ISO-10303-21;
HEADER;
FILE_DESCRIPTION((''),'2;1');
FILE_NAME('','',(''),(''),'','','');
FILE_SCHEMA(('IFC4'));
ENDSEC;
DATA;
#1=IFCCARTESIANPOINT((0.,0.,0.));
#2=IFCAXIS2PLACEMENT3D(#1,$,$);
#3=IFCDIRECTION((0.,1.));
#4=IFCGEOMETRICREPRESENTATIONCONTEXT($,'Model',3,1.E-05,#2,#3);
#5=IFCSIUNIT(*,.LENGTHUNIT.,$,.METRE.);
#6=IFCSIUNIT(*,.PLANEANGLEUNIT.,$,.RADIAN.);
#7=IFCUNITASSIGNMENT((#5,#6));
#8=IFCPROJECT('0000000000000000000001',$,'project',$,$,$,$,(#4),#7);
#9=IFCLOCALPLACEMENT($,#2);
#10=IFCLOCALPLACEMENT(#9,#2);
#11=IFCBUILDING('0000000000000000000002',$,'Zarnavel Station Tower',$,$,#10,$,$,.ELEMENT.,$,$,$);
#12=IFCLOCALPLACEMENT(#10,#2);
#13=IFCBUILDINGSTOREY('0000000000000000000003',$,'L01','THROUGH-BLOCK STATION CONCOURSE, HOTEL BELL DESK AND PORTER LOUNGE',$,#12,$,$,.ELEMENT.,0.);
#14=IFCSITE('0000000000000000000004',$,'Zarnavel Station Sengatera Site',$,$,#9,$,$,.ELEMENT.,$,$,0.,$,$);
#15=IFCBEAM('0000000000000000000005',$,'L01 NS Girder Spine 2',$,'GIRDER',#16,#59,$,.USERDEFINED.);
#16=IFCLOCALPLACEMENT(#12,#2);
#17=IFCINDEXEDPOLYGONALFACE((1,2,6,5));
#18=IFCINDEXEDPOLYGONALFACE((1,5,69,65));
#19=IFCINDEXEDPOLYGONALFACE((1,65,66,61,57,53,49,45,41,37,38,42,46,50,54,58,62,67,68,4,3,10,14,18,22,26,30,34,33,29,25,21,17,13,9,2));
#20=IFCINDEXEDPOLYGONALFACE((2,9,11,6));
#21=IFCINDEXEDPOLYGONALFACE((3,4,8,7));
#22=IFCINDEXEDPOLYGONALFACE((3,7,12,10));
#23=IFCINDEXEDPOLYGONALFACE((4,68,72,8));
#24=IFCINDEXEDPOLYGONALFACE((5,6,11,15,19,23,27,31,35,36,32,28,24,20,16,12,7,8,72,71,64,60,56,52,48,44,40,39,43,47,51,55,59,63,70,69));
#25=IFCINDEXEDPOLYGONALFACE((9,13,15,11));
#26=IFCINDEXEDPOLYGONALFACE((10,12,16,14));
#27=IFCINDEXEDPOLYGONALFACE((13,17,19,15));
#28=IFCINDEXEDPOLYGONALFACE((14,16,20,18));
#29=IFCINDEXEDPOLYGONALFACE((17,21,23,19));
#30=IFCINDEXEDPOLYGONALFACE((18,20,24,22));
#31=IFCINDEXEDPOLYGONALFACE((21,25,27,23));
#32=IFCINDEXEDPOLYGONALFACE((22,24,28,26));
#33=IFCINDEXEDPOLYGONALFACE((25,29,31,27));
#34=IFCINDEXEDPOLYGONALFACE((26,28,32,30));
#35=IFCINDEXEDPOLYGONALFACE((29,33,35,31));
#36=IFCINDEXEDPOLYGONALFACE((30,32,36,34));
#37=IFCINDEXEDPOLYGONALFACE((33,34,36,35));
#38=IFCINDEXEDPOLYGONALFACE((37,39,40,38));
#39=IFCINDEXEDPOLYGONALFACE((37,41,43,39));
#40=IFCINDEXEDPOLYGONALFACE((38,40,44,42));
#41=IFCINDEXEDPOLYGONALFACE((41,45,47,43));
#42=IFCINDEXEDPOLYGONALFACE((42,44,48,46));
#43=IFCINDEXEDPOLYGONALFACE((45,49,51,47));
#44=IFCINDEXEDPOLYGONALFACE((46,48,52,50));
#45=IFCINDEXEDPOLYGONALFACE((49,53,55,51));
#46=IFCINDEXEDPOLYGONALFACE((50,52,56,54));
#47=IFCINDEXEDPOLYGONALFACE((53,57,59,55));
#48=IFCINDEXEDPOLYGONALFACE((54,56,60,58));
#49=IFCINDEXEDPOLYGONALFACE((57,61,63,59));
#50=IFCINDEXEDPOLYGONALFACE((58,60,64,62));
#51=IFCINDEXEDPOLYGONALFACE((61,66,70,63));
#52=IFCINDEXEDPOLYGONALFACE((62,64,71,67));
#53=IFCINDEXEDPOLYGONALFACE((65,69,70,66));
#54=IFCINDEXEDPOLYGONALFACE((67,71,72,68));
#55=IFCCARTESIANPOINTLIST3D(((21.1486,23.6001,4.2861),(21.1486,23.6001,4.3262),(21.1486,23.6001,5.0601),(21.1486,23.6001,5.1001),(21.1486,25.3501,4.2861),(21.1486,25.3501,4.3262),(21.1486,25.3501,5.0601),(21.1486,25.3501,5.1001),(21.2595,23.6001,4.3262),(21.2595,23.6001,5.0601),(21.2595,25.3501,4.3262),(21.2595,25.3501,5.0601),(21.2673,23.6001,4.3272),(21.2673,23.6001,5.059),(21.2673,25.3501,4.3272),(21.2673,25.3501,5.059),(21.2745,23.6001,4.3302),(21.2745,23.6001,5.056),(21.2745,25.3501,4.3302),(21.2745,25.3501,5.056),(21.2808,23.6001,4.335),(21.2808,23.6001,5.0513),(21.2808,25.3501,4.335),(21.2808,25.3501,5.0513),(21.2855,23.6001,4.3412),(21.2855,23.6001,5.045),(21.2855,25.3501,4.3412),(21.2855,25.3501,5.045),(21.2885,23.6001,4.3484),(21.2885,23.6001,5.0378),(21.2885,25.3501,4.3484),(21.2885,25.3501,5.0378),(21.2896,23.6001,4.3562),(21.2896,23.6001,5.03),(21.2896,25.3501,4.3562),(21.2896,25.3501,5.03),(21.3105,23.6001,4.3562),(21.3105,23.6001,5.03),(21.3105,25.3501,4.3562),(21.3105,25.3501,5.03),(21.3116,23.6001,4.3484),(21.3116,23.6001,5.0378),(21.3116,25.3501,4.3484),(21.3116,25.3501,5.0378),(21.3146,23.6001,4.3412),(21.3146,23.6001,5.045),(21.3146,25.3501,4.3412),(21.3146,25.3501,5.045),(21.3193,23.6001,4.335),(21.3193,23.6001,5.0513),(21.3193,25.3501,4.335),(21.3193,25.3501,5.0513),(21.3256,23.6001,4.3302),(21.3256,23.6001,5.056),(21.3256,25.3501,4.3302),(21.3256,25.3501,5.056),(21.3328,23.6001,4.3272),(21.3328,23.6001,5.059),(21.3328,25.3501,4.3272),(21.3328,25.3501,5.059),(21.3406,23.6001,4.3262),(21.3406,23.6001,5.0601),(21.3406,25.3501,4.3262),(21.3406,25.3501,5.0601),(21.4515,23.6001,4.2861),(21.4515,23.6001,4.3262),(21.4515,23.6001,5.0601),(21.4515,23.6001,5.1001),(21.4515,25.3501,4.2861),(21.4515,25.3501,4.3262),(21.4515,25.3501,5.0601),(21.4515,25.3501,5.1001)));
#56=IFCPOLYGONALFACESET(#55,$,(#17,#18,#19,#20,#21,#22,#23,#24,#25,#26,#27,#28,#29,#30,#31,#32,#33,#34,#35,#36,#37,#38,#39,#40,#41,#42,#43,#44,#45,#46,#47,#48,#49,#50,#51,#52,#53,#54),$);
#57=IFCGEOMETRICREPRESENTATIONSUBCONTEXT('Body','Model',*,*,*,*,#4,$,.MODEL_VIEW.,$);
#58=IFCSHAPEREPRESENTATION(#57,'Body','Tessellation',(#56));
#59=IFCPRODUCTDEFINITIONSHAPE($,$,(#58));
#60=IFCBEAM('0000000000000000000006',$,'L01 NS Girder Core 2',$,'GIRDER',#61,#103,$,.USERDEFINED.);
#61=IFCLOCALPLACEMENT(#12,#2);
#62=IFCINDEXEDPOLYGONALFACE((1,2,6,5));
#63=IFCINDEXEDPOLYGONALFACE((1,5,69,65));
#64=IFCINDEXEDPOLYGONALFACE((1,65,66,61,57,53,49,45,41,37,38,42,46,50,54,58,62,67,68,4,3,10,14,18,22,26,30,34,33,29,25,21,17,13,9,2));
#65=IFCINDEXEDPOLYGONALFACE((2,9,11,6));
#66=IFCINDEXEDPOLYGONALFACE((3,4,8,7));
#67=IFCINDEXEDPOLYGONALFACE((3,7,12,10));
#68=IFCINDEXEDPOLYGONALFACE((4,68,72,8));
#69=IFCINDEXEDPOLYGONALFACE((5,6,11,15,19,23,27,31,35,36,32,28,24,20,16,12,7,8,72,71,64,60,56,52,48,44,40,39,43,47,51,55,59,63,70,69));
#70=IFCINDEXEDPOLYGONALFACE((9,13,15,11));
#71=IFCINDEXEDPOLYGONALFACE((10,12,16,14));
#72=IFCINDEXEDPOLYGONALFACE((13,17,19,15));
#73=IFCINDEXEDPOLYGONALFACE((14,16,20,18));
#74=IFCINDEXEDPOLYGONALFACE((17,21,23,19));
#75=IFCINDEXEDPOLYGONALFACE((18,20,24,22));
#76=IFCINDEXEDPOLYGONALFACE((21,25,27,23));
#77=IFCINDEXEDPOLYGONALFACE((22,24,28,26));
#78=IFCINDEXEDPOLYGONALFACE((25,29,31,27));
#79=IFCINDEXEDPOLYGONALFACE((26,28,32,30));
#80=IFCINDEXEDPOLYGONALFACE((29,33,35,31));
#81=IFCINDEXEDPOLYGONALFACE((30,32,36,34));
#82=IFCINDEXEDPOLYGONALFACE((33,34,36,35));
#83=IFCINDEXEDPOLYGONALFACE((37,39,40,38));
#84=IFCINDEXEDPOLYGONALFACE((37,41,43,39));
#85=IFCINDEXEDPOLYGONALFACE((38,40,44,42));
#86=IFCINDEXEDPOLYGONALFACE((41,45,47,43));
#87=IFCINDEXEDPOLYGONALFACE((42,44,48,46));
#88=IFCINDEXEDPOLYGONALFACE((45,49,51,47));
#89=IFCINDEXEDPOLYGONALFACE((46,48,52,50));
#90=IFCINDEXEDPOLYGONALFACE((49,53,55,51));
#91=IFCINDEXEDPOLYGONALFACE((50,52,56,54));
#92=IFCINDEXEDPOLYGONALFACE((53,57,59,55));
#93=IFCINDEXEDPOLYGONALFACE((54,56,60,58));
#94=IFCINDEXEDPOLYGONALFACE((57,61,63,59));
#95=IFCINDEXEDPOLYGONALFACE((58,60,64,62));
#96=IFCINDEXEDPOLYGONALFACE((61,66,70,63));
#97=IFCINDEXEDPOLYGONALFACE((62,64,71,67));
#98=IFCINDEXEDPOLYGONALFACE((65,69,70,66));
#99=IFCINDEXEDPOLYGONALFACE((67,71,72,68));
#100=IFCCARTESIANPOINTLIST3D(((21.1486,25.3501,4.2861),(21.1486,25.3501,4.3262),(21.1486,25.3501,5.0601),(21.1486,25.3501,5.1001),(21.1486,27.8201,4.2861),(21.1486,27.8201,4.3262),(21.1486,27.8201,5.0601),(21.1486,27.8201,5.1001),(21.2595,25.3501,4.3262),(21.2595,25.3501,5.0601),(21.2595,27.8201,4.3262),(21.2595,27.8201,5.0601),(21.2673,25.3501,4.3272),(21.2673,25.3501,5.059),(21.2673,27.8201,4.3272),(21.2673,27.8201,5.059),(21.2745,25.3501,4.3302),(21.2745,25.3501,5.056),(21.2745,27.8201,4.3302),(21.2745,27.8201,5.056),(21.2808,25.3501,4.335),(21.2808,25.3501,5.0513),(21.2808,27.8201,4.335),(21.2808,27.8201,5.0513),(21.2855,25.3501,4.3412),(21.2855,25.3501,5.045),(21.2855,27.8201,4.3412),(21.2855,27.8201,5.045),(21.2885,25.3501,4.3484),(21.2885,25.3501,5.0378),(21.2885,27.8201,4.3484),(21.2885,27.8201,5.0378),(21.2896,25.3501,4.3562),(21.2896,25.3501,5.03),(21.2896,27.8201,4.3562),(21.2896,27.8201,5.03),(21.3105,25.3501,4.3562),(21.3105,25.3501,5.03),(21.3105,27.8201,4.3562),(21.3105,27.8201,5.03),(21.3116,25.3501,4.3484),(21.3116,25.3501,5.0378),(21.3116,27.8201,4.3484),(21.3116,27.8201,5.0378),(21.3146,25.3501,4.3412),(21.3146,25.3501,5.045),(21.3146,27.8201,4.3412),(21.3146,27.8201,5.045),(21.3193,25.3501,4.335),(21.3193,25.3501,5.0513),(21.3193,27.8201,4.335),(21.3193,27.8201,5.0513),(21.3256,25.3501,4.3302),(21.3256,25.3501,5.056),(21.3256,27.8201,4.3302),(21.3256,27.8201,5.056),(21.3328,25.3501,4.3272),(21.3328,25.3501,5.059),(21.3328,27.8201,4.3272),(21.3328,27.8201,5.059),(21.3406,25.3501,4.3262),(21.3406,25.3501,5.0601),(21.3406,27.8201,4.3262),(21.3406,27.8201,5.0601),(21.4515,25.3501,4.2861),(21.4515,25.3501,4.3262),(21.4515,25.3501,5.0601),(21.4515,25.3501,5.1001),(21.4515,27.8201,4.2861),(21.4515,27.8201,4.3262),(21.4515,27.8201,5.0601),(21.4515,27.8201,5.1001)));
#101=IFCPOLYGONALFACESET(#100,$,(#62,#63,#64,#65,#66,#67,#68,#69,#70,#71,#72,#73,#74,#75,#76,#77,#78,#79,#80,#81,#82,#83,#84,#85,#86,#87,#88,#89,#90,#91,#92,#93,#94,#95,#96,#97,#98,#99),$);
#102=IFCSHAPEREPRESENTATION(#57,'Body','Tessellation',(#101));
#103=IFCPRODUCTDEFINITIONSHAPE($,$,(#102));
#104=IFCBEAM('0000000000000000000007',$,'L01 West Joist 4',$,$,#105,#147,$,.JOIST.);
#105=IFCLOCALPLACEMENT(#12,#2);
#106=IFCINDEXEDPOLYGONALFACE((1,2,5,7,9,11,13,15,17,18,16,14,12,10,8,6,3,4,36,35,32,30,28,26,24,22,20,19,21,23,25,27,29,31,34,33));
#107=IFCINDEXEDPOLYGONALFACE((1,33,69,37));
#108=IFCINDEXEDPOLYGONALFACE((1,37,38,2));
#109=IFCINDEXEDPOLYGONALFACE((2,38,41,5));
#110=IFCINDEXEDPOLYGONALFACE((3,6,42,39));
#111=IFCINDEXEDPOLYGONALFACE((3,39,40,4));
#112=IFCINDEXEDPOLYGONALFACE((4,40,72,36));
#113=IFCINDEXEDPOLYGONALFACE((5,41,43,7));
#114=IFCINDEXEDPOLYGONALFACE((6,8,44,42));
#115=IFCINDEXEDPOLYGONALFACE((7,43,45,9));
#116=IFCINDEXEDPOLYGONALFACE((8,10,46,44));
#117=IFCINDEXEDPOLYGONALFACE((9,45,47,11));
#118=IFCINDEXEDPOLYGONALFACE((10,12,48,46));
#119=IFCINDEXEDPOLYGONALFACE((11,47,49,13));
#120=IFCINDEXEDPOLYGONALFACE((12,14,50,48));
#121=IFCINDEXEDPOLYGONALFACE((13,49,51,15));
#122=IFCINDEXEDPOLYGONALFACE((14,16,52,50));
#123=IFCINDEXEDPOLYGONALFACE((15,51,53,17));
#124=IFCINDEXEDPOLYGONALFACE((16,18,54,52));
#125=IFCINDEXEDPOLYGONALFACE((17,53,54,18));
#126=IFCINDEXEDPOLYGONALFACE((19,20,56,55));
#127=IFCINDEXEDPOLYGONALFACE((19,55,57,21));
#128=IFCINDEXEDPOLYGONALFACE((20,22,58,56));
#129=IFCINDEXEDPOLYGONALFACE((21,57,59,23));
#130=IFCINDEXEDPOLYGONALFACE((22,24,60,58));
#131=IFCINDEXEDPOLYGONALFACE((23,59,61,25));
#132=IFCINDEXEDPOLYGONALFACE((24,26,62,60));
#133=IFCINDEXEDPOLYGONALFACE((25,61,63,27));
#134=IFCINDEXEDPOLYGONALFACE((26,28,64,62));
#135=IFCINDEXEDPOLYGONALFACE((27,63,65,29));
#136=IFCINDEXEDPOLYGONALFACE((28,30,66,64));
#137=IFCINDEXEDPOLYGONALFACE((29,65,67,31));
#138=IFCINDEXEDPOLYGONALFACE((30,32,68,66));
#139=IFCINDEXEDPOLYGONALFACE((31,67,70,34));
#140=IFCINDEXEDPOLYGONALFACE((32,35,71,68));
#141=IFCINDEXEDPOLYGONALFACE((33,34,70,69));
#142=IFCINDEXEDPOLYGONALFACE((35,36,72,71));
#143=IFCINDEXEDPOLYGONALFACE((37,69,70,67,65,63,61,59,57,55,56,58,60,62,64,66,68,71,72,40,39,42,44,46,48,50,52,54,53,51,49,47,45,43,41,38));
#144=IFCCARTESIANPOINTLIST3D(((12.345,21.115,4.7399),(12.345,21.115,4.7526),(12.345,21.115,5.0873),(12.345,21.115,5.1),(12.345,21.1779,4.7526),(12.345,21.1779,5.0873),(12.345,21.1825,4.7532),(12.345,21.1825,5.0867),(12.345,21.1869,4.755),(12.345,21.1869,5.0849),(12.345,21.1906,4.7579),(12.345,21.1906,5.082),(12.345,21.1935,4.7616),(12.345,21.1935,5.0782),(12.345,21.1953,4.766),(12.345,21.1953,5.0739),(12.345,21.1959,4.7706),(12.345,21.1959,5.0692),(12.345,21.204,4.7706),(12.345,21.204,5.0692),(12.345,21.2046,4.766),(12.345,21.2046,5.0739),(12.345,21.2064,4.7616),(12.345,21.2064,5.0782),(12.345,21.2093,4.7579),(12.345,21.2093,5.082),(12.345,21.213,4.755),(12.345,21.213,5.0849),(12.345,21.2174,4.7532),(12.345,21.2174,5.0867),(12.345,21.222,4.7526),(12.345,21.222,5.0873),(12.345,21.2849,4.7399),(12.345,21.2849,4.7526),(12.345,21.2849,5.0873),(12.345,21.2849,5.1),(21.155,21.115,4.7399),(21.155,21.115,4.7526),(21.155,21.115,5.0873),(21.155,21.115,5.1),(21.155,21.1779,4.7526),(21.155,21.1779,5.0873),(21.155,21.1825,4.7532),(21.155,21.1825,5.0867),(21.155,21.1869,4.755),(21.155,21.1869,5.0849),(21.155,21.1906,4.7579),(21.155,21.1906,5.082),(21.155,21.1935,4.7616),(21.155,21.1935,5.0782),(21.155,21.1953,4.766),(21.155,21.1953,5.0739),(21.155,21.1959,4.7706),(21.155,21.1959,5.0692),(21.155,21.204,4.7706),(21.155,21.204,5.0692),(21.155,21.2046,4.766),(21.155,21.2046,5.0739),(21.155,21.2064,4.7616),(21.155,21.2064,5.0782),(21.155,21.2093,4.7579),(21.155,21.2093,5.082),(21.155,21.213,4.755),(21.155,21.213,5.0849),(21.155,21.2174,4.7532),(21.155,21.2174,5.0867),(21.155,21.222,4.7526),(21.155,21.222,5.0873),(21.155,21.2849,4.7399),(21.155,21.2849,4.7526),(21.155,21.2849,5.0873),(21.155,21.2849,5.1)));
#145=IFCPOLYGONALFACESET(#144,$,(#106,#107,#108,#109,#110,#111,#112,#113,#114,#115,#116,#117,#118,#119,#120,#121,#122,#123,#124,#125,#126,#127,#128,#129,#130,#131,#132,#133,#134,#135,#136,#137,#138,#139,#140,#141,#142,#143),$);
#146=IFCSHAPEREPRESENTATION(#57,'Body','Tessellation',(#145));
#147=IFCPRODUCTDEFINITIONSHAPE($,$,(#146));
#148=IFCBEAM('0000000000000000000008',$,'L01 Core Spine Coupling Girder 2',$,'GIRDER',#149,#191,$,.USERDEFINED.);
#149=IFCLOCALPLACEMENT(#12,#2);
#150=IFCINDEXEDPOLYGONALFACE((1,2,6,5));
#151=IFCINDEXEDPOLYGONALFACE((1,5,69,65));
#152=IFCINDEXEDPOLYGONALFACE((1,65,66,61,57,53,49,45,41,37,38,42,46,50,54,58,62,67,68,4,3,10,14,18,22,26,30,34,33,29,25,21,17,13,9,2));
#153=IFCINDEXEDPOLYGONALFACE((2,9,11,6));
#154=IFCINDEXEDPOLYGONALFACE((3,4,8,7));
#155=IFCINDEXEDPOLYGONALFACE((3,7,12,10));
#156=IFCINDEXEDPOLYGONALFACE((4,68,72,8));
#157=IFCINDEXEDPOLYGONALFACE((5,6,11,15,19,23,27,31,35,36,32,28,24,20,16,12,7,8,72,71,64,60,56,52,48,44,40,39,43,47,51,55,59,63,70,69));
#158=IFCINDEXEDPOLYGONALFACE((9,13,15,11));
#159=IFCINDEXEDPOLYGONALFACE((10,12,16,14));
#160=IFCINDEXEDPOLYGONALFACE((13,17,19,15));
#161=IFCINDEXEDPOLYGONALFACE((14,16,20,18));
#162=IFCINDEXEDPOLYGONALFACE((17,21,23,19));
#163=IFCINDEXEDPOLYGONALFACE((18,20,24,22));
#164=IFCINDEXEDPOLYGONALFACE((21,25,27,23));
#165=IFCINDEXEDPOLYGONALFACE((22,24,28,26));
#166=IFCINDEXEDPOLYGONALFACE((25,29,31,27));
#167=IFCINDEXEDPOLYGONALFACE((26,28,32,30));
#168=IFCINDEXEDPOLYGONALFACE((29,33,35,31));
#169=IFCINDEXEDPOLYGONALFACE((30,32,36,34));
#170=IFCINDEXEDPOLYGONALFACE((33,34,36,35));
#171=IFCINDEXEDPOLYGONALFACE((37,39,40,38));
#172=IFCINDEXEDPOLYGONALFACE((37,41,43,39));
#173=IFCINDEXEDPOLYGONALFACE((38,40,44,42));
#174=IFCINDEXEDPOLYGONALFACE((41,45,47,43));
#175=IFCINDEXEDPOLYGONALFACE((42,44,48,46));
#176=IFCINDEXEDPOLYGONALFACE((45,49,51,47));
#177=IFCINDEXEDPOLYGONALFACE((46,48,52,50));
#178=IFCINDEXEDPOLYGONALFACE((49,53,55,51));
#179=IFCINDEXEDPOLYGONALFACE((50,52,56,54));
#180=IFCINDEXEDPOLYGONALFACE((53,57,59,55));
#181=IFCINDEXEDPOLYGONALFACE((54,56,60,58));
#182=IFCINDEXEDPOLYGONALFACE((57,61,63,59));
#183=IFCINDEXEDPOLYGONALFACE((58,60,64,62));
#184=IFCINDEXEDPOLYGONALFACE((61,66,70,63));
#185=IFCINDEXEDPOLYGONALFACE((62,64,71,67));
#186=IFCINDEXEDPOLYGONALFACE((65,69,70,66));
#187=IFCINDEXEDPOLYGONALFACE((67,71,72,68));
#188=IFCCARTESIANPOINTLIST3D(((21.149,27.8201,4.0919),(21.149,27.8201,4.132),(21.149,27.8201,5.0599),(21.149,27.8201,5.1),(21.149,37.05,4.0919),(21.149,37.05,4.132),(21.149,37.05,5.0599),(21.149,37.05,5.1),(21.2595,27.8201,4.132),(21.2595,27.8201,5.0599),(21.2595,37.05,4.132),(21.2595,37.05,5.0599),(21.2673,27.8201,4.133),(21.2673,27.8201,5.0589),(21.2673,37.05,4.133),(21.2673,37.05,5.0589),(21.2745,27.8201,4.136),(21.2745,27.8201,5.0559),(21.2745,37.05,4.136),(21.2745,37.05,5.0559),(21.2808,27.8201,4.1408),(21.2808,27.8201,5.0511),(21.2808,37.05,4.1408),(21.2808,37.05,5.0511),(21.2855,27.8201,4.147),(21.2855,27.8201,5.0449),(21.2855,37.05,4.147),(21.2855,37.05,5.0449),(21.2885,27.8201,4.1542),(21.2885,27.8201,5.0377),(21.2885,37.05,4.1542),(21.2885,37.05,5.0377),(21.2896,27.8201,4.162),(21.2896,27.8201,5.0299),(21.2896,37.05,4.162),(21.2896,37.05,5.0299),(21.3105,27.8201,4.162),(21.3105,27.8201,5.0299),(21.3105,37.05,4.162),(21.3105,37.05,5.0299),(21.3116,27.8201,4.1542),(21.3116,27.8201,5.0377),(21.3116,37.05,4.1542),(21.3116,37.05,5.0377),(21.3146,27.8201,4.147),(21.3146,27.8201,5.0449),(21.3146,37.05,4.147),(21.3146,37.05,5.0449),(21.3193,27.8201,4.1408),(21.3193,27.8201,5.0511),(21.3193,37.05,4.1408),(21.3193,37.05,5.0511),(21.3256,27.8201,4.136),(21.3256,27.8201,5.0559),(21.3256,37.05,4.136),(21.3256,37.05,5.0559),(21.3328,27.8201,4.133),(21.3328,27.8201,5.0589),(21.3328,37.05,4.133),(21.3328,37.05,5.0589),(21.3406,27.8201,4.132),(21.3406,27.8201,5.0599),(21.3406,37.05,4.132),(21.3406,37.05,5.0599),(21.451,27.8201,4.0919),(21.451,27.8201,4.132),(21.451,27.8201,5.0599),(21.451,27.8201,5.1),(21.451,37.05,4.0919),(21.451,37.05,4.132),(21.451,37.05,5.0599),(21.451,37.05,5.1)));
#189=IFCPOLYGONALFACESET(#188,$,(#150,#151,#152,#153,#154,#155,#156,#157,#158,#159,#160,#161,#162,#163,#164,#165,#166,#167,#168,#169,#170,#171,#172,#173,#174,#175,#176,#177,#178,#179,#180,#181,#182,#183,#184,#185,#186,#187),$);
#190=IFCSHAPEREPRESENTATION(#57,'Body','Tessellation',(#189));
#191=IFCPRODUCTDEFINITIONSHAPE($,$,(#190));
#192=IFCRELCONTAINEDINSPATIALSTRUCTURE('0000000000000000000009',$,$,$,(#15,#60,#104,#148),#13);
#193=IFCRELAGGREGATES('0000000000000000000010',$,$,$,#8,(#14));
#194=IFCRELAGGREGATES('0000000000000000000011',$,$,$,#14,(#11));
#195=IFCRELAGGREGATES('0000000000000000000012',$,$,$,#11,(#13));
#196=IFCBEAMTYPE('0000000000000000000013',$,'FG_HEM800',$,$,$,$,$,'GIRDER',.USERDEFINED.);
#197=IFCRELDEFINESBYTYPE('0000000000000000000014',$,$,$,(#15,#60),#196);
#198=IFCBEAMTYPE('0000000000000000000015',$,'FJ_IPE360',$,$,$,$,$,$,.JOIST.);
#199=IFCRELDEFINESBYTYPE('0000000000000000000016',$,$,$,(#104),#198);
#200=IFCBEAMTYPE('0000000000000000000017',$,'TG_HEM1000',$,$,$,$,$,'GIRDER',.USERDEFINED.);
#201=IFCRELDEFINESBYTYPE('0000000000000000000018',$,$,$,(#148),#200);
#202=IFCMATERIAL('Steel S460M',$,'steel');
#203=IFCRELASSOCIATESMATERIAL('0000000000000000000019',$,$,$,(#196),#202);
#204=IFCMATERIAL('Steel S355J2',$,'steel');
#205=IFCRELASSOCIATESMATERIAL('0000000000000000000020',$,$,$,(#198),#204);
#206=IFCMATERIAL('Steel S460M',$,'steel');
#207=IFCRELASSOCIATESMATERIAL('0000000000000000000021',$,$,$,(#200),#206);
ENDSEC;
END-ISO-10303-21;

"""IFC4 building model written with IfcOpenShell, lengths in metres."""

from ifc_helpers import new_model, si_unit, direction, frame, origin, origin_2d, place, context, subcontext, project, spatial, i_section, extrude, material, material_profile, profile_set, type_object, element, save


model = new_model("IFC4")

# Units and contexts
model_context = context("Model", 3, precision=1e-05, world=origin(), true_north=direction((0.0, 1.0)))
body_context = subcontext(model_context, "Body", "Model", "MODEL_VIEW")
ifc_project = project(units=[si_unit("LENGTHUNIT", "METRE"), si_unit("PLANEANGLEUNIT", "RADIAN")], contexts=[model_context])

# Site, building, storey
site_placement = place(None, origin())
site = spatial("IfcSite", under=ifc_project, at=site_placement, Name="Zarnavel Station Sengatera Site", CompositionType="ELEMENT", RefElevation=0.0)
building_placement = place(site_placement, origin())
building = spatial("IfcBuilding", under=site, at=building_placement, Name="Zarnavel Station Tower", CompositionType="ELEMENT")
storey_placement = place(building_placement, origin())
storey = spatial("IfcBuildingStorey", under=building, at=storey_placement, Name="L01", Description="THROUGH-BLOCK STATION CONCOURSE, HOTEL BELL DESK AND PORTER LOUNGE", CompositionType="ELEMENT", Elevation=0.0)

# Beams
ifc_material_1 = material(Name="Steel S460M", Category="steel")
ifc_material_profile_1 = material_profile(ifc_material_1, i_section(OverallWidth=0.303, OverallDepth=0.814, WebThickness=0.021, FlangeThickness=0.04, FilletRadius=0.03, at=origin_2d()), Name="HEM800")
ifc_profile_set_1 = profile_set([ifc_material_profile_1], Name="Steel S460M")
beam_type_1 = type_object("IfcBeamType", Name="FG_HEM800", ElementType="GIRDER", PredefinedType="USERDEFINED", material=ifc_profile_set_1)
beam_1_placement = place(storey_placement, frame((21.3, 23.6001, 4.6931), z_axis=(0.0, 1.0, 0.0), x_axis=(-1.0, 0.0, 0.0)))
element("IfcBeam", 1, at=beam_1_placement, inside=storey, type_object=beam_type_1, Name="L01 NS Girder Spine 2", ObjectType="GIRDER", PredefinedType="USERDEFINED", context=body_context, shape_type="SweptSolid", body=[
    extrude(i_section(OverallWidth=0.303, OverallDepth=0.814, WebThickness=0.021, FlangeThickness=0.04, FilletRadius=0.03, at=origin_2d()), origin(), (0.0, 0.0, 1.0), 1.75),
])
beam_2_placement = place(storey_placement, frame((21.3, 25.3501, 4.6931), z_axis=(0.0, 1.0, 0.0), x_axis=(-1.0, 0.0, 0.0)))
element("IfcBeam", 2, at=beam_2_placement, inside=storey, type_object=beam_type_1, Name="L01 NS Girder Core 2", ObjectType="GIRDER", PredefinedType="USERDEFINED", context=body_context, shape_type="SweptSolid", body=[
    extrude(i_section(OverallWidth=0.303, OverallDepth=0.814, WebThickness=0.021, FlangeThickness=0.04, FilletRadius=0.03, at=origin_2d()), origin(), (0.0, 0.0, 1.0), 2.47),
])
ifc_material_2 = material(Name="Steel S355J2", Category="steel")
ifc_material_profile_2 = material_profile(ifc_material_2, i_section(OverallWidth=0.1699, OverallDepth=0.3601, WebThickness=0.0081, FlangeThickness=0.0127, FilletRadius=0.0181, at=origin_2d()), Name="IPE360")
ifc_profile_set_2 = profile_set([ifc_material_profile_2], Name="Steel S355J2")
beam_type_2 = type_object("IfcBeamType", Name="FJ_IPE360", PredefinedType="JOIST", material=ifc_profile_set_2)
beam_3_placement = place(storey_placement, frame((12.345, 21.2, 4.9199), z_axis=(1.0, 0.0, 0.0), x_axis=(0.0, 1.0, 0.0)))
element("IfcBeam", 3, at=beam_3_placement, inside=storey, type_object=beam_type_2, Name="L01 West Joist 4", PredefinedType="JOIST", context=body_context, shape_type="SweptSolid", body=[
    extrude(i_section(OverallWidth=0.1699, OverallDepth=0.3601, WebThickness=0.0081, FlangeThickness=0.0127, FilletRadius=0.0181, at=origin_2d()), origin(), (0.0, 0.0, 1.0), 8.8101),
])
ifc_material_3 = material(Name="Steel S460M", Category="steel")
ifc_material_profile_3 = material_profile(ifc_material_3, i_section(OverallWidth=0.302, OverallDepth=1.0081, WebThickness=0.021, FlangeThickness=0.04, FilletRadius=0.03, at=origin_2d()), Name="HEM1000")
ifc_profile_set_3 = profile_set([ifc_material_profile_3], Name="Steel S460M")
beam_type_3 = type_object("IfcBeamType", Name="TG_HEM1000", ElementType="GIRDER", PredefinedType="USERDEFINED", material=ifc_profile_set_3)
beam_4_placement = place(storey_placement, frame((21.3, 27.8201, 4.5959), z_axis=(0.0, 1.0, 0.0), x_axis=(-1.0, 0.0, 0.0)))
element("IfcBeam", 4, at=beam_4_placement, inside=storey, type_object=beam_type_3, Name="L01 Core Spine Coupling Girder 2", ObjectType="GIRDER", PredefinedType="USERDEFINED", context=body_context, shape_type="SweptSolid", body=[
    extrude(i_section(OverallWidth=0.302, OverallDepth=1.0081, WebThickness=0.021, FlangeThickness=0.04, FilletRadius=0.03, at=origin_2d()), origin(), (0.0, 0.0, 1.0), 9.23),
])

save(model, "model.ifc")
